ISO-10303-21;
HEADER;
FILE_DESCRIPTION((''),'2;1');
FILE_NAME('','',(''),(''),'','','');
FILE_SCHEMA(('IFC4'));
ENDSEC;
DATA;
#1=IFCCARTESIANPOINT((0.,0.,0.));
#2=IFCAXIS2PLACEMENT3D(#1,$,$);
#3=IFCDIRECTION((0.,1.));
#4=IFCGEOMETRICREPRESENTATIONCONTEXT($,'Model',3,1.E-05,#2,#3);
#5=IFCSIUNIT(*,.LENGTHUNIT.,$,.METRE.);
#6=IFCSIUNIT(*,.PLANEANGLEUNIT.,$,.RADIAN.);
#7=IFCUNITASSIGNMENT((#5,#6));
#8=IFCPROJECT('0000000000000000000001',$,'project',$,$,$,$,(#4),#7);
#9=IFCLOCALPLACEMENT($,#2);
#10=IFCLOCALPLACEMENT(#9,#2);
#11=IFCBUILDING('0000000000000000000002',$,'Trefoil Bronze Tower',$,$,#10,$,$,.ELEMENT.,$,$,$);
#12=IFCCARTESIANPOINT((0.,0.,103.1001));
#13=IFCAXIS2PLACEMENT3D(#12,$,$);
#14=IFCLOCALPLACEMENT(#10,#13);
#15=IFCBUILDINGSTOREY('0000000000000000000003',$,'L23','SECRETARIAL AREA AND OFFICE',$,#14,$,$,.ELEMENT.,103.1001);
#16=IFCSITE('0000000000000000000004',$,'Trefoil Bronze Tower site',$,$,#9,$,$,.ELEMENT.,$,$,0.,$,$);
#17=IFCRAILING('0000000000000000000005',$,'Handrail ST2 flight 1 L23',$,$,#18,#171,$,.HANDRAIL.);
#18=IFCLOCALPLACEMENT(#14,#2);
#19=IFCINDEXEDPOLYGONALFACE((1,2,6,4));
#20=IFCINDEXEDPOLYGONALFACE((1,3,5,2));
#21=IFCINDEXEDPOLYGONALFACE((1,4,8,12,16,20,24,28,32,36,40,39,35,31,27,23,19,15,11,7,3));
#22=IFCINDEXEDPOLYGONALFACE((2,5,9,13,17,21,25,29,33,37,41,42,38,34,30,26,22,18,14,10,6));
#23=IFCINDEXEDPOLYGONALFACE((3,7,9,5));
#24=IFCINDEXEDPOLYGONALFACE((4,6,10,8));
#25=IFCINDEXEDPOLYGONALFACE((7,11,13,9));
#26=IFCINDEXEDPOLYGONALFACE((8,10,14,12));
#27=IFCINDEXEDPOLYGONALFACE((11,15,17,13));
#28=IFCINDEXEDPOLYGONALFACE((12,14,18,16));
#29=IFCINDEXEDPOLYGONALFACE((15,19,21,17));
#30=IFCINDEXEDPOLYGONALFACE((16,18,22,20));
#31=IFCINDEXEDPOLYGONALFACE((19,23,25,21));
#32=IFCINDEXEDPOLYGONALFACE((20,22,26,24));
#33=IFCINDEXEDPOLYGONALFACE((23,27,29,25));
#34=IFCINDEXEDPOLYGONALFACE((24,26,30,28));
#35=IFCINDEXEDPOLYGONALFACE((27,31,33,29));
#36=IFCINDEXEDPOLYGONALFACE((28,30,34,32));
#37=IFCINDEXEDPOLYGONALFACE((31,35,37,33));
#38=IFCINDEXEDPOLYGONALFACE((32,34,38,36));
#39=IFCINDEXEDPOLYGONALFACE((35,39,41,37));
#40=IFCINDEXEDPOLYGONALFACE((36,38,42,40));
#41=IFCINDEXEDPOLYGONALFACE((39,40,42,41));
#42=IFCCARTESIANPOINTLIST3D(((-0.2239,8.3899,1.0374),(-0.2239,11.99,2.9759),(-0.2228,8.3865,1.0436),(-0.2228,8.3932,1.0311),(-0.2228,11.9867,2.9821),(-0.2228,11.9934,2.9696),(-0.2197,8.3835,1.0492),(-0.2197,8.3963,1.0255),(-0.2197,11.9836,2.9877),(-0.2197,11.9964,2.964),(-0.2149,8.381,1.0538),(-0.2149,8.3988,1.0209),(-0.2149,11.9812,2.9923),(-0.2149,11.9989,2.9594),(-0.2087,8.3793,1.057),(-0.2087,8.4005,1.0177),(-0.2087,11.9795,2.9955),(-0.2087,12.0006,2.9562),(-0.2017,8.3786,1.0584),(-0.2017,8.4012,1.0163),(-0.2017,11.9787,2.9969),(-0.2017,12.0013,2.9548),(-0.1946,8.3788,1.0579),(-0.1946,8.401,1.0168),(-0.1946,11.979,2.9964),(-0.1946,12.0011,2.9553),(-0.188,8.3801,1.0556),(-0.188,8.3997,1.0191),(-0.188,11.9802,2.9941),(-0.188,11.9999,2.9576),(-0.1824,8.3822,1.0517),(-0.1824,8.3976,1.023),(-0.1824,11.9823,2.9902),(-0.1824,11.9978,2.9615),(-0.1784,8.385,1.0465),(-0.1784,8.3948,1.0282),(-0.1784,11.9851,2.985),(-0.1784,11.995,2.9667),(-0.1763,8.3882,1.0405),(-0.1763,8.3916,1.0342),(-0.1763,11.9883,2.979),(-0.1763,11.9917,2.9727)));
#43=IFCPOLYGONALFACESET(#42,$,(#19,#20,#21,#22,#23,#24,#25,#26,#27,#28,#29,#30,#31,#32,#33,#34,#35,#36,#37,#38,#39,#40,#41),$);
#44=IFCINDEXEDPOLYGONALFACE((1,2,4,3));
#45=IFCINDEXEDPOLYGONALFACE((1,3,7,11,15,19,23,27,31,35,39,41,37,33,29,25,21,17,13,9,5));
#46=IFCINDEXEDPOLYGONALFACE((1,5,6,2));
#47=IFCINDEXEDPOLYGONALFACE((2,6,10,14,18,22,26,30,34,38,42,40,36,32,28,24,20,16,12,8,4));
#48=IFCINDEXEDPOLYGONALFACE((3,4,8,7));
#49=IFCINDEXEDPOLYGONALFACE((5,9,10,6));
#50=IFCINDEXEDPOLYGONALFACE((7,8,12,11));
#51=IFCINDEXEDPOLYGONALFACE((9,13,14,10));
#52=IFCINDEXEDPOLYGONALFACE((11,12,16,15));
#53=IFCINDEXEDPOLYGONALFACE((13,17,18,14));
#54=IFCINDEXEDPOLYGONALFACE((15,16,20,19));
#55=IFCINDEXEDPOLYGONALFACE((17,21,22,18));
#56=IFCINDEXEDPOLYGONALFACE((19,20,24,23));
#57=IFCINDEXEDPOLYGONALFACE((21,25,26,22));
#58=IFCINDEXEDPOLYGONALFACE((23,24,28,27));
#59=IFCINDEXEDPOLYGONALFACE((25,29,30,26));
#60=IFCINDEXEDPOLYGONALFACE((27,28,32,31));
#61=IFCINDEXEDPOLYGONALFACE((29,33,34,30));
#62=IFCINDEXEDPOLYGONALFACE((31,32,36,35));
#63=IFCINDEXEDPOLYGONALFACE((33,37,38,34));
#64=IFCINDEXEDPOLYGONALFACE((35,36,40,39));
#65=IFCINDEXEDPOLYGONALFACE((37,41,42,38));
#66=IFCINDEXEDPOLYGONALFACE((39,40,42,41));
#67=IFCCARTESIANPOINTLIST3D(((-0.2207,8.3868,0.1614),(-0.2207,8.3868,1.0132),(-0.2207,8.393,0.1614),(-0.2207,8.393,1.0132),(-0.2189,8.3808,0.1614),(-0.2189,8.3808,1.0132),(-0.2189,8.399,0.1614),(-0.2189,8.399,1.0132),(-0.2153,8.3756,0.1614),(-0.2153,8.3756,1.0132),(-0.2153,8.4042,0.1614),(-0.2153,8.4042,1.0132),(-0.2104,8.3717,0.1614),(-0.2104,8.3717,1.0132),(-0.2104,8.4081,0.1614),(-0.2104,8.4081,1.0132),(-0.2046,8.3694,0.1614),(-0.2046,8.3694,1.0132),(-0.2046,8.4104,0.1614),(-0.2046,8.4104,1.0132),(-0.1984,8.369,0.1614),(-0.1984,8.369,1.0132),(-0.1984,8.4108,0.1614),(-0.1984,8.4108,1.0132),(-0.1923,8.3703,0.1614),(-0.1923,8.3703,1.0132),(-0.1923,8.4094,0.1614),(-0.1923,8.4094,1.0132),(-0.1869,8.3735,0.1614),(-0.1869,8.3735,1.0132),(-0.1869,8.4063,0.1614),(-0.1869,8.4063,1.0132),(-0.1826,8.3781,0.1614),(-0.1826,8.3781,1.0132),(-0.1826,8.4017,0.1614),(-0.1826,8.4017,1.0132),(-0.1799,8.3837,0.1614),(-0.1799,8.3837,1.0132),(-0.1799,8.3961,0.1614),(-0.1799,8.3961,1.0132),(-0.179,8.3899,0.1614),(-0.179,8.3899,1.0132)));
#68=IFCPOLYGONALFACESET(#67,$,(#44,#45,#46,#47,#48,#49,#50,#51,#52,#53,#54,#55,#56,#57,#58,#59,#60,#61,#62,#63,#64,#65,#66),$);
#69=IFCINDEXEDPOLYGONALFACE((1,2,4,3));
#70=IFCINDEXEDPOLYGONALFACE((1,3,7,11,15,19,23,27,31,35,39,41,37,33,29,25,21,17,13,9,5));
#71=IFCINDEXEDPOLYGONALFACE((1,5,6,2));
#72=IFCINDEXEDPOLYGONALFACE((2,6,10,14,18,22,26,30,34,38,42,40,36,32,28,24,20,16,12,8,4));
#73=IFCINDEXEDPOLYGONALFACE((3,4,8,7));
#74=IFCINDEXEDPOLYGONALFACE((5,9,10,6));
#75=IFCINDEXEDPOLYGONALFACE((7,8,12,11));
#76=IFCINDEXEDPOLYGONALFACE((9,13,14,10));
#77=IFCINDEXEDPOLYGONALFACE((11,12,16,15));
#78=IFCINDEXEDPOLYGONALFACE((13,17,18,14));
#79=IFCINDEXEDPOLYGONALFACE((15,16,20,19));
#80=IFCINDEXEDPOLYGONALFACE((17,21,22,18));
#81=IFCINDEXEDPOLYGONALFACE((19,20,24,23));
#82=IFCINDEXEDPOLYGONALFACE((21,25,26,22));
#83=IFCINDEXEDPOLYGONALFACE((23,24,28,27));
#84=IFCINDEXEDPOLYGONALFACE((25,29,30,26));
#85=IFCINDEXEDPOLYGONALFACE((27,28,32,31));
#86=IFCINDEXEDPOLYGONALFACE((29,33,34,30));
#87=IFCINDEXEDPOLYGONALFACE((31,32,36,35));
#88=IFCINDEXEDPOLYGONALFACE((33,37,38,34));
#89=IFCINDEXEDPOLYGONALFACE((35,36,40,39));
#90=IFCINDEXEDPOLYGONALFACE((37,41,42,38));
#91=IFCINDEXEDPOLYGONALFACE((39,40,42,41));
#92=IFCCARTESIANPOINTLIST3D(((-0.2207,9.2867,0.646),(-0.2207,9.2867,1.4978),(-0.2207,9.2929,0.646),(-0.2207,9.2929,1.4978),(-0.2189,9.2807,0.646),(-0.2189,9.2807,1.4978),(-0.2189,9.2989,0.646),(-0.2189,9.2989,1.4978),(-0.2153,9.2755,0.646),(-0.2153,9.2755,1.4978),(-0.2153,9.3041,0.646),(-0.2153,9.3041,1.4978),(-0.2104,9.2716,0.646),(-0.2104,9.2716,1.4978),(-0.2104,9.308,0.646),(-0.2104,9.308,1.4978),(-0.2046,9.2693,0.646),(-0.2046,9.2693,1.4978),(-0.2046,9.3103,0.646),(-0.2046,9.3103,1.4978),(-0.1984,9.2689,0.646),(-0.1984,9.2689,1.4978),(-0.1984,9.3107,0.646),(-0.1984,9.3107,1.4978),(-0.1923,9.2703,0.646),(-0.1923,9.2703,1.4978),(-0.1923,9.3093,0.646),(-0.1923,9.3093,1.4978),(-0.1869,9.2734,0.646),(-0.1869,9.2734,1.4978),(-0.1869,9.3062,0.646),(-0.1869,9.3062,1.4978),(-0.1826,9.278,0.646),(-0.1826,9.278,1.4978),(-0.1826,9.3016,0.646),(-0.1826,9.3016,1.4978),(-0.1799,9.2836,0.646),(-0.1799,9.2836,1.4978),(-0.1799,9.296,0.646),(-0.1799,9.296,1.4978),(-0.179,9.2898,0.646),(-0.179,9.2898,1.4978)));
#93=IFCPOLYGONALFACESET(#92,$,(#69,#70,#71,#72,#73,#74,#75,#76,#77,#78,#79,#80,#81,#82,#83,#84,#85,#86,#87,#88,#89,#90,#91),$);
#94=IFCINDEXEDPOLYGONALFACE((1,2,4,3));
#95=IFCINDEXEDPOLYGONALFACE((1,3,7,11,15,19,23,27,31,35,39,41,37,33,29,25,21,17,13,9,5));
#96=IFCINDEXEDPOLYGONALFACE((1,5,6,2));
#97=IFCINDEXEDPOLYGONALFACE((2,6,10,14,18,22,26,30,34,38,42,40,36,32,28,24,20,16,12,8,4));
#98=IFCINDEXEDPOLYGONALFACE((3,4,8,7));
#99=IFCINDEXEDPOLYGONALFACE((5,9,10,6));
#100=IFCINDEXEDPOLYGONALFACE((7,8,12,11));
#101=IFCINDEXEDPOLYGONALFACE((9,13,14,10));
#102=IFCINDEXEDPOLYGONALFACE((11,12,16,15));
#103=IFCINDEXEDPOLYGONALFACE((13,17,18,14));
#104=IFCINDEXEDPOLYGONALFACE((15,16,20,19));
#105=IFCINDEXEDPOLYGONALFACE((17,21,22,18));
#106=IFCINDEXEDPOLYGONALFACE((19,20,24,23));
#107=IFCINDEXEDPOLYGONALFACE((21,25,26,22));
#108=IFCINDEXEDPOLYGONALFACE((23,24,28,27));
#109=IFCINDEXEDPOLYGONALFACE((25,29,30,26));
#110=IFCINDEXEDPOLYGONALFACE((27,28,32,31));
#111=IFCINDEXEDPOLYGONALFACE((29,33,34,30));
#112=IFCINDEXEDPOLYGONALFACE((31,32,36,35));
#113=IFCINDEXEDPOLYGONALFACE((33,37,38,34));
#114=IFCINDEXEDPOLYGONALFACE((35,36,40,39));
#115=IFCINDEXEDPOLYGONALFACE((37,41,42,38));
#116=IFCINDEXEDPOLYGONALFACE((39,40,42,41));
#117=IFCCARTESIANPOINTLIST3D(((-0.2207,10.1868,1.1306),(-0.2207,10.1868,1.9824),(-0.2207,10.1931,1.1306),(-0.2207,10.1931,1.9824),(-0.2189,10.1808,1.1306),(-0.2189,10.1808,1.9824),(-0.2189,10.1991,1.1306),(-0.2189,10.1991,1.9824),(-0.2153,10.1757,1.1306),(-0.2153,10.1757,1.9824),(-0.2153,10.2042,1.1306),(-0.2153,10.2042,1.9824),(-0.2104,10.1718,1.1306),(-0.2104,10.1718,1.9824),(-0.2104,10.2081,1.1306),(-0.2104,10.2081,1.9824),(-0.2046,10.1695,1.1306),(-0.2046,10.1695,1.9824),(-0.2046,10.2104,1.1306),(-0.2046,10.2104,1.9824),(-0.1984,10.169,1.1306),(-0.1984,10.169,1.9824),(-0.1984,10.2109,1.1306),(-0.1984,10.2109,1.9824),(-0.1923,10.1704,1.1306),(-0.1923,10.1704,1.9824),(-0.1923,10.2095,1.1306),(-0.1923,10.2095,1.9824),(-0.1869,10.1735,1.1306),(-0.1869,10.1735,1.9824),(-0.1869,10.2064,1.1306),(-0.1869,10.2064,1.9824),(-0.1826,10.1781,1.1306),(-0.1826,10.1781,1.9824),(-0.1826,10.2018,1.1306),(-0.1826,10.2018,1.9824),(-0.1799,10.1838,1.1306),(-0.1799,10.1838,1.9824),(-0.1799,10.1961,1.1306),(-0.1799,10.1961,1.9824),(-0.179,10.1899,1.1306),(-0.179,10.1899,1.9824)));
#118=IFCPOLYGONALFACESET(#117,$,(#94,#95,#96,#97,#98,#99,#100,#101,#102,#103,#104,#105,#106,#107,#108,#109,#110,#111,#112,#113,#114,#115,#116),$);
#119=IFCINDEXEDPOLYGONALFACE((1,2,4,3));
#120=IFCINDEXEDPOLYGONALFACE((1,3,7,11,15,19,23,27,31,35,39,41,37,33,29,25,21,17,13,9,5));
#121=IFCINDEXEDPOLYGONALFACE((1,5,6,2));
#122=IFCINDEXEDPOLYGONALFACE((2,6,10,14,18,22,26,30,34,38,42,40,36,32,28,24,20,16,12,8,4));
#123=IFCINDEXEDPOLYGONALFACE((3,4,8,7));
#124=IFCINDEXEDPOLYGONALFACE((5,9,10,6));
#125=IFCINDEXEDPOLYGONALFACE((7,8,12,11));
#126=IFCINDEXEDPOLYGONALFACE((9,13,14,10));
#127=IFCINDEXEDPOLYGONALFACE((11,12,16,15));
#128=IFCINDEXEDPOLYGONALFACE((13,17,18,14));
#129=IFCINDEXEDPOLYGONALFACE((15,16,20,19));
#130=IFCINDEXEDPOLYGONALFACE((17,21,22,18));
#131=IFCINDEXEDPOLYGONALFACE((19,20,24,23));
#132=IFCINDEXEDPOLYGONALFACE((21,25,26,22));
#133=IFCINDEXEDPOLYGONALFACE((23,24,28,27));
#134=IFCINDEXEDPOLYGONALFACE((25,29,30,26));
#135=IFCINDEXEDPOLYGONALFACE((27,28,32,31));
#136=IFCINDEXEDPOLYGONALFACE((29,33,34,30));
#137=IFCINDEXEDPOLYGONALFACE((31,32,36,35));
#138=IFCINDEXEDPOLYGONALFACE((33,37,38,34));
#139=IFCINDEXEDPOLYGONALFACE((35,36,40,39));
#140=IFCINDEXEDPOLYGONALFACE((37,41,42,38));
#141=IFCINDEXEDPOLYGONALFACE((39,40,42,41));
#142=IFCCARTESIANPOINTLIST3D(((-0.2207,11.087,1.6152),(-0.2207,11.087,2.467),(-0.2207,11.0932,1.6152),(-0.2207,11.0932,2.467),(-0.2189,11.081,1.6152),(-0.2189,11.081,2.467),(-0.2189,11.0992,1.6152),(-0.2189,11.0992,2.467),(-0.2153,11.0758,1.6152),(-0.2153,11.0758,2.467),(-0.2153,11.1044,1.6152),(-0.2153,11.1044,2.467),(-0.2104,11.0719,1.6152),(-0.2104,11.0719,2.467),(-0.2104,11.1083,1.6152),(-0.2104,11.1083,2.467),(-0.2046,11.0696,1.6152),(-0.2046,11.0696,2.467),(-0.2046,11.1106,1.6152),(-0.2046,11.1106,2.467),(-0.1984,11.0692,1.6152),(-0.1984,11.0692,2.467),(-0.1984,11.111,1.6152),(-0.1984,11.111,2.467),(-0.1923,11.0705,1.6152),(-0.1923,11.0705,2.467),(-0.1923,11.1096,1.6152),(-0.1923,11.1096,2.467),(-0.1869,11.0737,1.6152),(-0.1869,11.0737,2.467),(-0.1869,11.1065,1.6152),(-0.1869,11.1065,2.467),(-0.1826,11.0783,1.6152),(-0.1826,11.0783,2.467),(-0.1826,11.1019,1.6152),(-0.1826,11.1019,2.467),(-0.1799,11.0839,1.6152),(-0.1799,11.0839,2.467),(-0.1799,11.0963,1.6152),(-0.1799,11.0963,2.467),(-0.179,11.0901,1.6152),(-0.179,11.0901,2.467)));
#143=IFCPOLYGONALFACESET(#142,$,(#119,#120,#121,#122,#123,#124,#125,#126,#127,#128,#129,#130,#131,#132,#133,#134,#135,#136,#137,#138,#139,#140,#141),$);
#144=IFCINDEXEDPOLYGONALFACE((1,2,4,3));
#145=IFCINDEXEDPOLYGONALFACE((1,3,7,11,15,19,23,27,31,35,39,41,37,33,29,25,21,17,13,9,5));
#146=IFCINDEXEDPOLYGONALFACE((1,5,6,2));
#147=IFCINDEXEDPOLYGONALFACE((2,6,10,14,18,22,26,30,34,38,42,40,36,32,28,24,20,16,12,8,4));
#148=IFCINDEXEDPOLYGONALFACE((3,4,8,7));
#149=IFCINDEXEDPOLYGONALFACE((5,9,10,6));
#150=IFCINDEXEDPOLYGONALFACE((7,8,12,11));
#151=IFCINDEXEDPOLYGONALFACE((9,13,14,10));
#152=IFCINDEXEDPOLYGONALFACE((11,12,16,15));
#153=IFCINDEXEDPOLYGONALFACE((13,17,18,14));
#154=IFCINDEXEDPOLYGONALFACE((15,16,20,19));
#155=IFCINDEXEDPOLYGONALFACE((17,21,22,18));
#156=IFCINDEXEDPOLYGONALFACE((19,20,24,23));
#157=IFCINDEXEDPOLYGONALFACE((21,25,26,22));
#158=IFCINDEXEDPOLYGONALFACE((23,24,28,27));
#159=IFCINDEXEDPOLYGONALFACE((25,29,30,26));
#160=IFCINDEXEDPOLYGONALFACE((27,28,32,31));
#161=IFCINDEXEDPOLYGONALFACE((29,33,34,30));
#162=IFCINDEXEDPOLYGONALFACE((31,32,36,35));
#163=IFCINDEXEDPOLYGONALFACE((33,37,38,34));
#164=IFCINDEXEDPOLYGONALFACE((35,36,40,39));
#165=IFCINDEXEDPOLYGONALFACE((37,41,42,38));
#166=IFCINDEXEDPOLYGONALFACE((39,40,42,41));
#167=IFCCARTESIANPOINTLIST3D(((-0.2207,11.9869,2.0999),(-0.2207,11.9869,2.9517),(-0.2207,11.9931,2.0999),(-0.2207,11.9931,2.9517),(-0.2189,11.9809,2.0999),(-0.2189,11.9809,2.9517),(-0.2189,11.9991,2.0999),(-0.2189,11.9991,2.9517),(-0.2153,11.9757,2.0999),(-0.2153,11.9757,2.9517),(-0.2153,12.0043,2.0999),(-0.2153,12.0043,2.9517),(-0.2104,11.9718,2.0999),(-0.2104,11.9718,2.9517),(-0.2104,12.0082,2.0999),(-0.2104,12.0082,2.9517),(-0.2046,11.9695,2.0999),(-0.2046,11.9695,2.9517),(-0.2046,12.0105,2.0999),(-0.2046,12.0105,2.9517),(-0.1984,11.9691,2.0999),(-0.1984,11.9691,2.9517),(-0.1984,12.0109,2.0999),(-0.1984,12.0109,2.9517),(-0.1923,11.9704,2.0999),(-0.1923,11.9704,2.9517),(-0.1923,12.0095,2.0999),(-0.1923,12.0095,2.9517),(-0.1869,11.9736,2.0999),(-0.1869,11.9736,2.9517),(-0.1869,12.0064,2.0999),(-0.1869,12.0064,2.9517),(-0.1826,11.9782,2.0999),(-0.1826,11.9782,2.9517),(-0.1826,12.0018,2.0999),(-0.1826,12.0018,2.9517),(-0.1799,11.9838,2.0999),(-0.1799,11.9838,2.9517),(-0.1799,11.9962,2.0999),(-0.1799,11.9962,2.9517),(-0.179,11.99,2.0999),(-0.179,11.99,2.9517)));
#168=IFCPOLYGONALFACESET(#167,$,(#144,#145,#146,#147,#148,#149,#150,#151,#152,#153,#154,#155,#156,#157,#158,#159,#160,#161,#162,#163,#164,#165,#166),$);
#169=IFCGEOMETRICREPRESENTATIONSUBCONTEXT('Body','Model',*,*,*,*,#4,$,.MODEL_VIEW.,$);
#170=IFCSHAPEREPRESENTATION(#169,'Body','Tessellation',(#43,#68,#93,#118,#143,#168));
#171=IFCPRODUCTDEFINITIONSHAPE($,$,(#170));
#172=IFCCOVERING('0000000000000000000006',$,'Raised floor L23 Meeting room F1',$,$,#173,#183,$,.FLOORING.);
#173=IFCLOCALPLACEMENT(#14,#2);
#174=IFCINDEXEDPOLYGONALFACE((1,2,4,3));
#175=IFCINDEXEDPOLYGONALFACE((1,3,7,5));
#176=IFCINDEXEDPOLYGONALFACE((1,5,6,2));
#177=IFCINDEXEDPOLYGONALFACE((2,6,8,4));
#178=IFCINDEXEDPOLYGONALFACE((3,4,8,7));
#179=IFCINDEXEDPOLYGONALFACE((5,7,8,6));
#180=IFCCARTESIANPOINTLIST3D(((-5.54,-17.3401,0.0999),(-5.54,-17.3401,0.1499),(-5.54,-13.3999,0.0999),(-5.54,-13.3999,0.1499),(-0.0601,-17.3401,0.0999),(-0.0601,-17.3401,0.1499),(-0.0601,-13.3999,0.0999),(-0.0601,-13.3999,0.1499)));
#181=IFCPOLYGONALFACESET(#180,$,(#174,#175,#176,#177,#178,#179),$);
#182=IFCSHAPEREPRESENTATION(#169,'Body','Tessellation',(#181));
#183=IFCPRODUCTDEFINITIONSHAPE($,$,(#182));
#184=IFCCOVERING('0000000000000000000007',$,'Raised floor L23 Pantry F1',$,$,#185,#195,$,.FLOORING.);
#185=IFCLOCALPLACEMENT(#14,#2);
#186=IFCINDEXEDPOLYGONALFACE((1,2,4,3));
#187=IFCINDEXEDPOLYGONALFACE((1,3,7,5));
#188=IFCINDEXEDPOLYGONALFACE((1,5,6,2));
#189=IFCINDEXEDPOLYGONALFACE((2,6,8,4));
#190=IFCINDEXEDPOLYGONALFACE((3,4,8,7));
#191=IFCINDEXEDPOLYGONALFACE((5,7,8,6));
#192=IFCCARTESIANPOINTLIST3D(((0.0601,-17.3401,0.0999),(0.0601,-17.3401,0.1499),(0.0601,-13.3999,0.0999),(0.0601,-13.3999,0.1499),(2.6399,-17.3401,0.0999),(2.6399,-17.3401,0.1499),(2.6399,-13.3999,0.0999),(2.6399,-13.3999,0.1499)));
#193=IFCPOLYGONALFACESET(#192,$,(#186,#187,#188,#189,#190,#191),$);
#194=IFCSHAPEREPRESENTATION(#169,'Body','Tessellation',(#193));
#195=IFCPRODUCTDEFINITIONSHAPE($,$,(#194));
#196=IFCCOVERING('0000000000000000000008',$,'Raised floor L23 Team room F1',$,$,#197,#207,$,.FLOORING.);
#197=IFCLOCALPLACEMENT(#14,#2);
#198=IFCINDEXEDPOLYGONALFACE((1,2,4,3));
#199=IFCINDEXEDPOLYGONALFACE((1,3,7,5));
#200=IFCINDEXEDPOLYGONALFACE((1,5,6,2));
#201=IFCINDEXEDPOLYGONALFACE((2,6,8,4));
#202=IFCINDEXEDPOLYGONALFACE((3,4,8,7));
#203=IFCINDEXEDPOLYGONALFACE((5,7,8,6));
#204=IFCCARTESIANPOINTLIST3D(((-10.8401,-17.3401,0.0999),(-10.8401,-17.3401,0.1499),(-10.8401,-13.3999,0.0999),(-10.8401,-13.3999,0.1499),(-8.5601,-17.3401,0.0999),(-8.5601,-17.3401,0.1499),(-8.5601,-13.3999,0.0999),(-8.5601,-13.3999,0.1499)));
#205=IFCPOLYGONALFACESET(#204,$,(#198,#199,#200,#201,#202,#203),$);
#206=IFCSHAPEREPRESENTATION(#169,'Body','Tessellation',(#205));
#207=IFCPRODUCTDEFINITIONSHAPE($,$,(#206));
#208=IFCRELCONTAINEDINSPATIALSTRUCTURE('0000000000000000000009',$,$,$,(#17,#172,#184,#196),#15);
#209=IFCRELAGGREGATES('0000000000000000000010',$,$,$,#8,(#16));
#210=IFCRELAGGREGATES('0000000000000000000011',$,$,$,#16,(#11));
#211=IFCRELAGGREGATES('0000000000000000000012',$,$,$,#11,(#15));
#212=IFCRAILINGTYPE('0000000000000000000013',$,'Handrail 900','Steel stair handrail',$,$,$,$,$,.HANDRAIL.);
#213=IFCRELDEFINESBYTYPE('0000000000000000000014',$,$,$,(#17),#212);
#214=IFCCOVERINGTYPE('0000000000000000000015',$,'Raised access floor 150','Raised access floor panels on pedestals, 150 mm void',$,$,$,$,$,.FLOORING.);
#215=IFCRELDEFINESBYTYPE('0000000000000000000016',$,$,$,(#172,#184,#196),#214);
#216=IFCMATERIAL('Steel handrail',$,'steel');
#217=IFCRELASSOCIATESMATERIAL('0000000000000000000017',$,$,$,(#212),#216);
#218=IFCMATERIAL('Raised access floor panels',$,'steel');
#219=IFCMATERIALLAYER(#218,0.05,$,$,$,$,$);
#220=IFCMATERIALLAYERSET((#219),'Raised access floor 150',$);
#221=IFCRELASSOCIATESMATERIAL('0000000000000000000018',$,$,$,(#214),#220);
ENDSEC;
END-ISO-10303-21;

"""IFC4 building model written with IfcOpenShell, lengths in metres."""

from ifc_helpers import new_model, si_unit, direction, frame, origin, origin_2d, place, context, subcontext, project, spatial, polyline, circle, outline, extrude, material, layer, layer_set, type_object, element, save


model = new_model("IFC4")

# Units and contexts
model_context = context("Model", 3, precision=1e-05, world=origin(), true_north=direction((0.0, 1.0)))
body_context = subcontext(model_context, "Body", "Model", "MODEL_VIEW")
ifc_project = project(units=[si_unit("LENGTHUNIT", "METRE"), si_unit("PLANEANGLEUNIT", "RADIAN")], contexts=[model_context])

# Site, building, storey
site_placement = place(None, origin())
site = spatial("IfcSite", under=ifc_project, at=site_placement, Name="Trefoil Bronze Tower site", CompositionType="ELEMENT", RefElevation=0.0)
building_placement = place(site_placement, origin())
building = spatial("IfcBuilding", under=site, at=building_placement, Name="Trefoil Bronze Tower", CompositionType="ELEMENT")
storey_placement = place(building_placement, frame((0.0, 0.0, 103.1001)))
storey = spatial("IfcBuildingStorey", under=building, at=storey_placement, Name="L23", Description="SECRETARIAL AREA AND OFFICE", CompositionType="ELEMENT", Elevation=103.1001)

# Railing
ifc_material_1 = material(Name="Steel handrail", Category="steel")
railing_type = type_object("IfcRailingType", Name="Handrail 900", Description="Steel stair handrail", PredefinedType="HANDRAIL", material=ifc_material_1)
railing_placement = place(storey_placement, frame((-0.2, 8.3899, 0.1614)))
element("IfcRailing", 1, at=railing_placement, inside=storey, type_object=railing_type, Name="Handrail ST2 flight 1 L23", PredefinedType="HANDRAIL", context=body_context, shape_type="SweptSolid", body=[
    extrude(circle(Radius=0.0239, at=origin_2d()), frame((0.0, 0.0, 0.876), z_axis=(0.0, 0.880475, 0.474093), x_axis=(-1.0, 0.0, 0.0)), (0.0, 0.0, 1.0), 4.0889),
    extrude(circle(Radius=0.021, at=origin_2d()), origin(), (0.0, 0.0, 1.0), 0.8518),
    extrude(circle(Radius=0.021, at=origin_2d()), frame((0.0, 0.8999, 0.4846)), (0.0, 0.0, 1.0), 0.8518),
    extrude(circle(Radius=0.021, at=origin_2d()), frame((0.0, 1.8, 0.9692)), (0.0, 0.0, 1.0), 0.8518),
    extrude(circle(Radius=0.021, at=origin_2d()), frame((0.0, 2.7002, 1.4539)), (0.0, 0.0, 1.0), 0.8518),
    extrude(circle(Radius=0.021, at=origin_2d()), frame((0.0, 3.6001, 1.9385)), (0.0, 0.0, 1.0), 0.8518),
])

# Coverings
ifc_material_2 = material(Name="Raised access floor panels", Category="steel")
ifc_layer_1 = layer(ifc_material_2, 0.05)
ifc_layer_set_1 = layer_set([ifc_layer_1], Name="Raised access floor 150")
covering_type_1 = type_object("IfcCoveringType", Name="Raised access floor 150", Description="Raised access floor panels on pedestals, 150 mm void", PredefinedType="FLOORING", material=ifc_layer_set_1)
covering_1_placement = place(storey_placement, frame((0.0, 0.0, 0.0999)))
element("IfcCovering", 2, at=covering_1_placement, inside=storey, type_object=covering_type_1, Name="Raised floor L23 Meeting room F1", PredefinedType="FLOORING", context=body_context, shape_type="SweptSolid", body=[
    extrude(outline(polyline([(-0.0601, -13.3999), (-0.0601, -17.3401), (-5.54, -17.3401), (-5.54, -13.3999), (-0.0601, -13.3999)])), origin(), (0.0, 0.0, 1.0), 0.05),
])
covering_2_placement = place(storey_placement, frame((0.0, 0.0, 0.0999)))
element("IfcCovering", 3, at=covering_2_placement, inside=storey, type_object=covering_type_1, Name="Raised floor L23 Pantry F1", PredefinedType="FLOORING", context=body_context, shape_type="SweptSolid", body=[
    extrude(outline(polyline([(2.6399, -13.3999), (2.6399, -17.3401), (0.0601, -17.3401), (0.0601, -13.3999), (2.6399, -13.3999)])), origin(), (0.0, 0.0, 1.0), 0.05),
])
covering_3_placement = place(storey_placement, frame((0.0, 0.0, 0.0999)))
element("IfcCovering", 4, at=covering_3_placement, inside=storey, type_object=covering_type_1, Name="Raised floor L23 Team room F1", PredefinedType="FLOORING", context=body_context, shape_type="SweptSolid", body=[
    extrude(outline(polyline([(-8.5601, -13.3999), (-8.5601, -17.3401), (-10.8401, -17.3401), (-10.8401, -13.3999), (-8.5601, -13.3999)])), origin(), (0.0, 0.0, 1.0), 0.05),
])

save(model, "model.ifc")
